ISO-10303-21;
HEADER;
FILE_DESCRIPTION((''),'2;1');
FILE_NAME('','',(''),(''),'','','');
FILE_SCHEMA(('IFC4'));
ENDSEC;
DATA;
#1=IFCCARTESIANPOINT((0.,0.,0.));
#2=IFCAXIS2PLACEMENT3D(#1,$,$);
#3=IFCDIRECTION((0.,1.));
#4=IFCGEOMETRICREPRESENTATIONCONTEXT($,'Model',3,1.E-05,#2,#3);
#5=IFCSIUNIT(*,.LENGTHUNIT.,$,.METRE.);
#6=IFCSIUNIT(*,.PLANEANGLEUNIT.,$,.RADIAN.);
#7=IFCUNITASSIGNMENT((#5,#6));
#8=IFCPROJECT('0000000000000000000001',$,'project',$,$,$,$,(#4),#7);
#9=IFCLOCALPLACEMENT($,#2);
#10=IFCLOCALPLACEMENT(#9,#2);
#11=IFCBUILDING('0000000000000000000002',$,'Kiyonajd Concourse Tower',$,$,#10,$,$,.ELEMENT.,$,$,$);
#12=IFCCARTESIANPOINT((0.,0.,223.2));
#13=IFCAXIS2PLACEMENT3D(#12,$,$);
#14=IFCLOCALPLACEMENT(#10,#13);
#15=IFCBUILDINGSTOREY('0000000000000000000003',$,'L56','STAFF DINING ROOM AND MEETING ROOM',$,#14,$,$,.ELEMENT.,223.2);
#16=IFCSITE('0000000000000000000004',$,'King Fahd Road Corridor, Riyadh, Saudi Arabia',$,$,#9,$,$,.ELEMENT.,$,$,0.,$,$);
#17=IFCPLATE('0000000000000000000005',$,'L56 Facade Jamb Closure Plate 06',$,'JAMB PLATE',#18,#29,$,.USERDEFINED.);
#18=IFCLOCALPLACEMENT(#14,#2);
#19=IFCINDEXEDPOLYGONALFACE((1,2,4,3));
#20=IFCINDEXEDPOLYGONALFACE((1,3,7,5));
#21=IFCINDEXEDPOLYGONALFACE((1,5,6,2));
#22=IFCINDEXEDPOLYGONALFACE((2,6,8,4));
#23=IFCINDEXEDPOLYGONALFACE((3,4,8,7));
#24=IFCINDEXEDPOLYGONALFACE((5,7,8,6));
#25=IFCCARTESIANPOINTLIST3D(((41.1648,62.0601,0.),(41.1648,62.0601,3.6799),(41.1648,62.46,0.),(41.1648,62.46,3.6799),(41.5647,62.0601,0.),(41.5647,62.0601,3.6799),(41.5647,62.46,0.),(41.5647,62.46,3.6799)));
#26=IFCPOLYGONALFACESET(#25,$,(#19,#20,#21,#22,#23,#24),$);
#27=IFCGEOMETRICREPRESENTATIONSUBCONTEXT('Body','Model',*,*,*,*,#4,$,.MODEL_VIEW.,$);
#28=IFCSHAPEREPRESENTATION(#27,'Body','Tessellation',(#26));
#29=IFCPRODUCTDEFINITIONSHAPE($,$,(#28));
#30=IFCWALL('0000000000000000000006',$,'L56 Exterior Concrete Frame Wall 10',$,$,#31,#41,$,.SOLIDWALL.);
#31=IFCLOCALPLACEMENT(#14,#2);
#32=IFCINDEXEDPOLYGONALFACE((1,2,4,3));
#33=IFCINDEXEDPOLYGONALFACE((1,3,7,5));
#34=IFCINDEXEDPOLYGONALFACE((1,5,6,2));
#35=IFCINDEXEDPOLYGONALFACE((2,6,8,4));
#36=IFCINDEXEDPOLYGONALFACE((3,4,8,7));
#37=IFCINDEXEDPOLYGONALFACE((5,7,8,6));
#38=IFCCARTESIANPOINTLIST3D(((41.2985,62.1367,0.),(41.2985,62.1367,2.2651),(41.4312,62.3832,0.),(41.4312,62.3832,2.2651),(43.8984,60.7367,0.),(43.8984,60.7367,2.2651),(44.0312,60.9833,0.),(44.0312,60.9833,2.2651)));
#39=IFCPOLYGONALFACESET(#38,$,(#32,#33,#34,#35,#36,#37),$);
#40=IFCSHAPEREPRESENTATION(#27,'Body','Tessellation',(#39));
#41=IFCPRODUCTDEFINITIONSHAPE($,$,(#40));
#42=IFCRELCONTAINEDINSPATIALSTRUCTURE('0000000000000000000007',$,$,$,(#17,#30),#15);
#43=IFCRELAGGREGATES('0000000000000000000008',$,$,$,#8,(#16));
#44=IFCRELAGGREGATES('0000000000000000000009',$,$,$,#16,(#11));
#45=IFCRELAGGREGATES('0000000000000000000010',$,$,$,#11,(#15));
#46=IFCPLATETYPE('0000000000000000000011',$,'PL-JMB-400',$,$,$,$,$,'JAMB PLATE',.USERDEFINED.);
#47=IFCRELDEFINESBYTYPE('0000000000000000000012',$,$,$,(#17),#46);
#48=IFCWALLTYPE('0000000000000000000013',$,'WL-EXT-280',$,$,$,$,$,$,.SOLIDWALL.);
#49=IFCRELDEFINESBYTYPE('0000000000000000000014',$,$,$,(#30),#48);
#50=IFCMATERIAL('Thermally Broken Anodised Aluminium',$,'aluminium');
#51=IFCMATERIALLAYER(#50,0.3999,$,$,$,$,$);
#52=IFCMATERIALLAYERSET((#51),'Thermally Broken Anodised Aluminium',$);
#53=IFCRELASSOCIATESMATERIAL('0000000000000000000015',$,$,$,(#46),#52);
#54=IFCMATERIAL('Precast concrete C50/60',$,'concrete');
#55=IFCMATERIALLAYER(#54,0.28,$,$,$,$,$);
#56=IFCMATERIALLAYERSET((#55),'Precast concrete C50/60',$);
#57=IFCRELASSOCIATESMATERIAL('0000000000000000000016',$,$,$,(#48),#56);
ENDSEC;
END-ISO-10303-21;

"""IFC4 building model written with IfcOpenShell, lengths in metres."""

from ifc_helpers import new_model, si_unit, direction, frame, frame_2d, origin, origin_2d, place, context, subcontext, project, spatial, rectangle, extrude, material, layer, layer_set, type_object, element, save


model = new_model("IFC4")

# Units and contexts
model_context = context("Model", 3, precision=1e-05, world=origin(), true_north=direction((0.0, 1.0)))
body_context = subcontext(model_context, "Body", "Model", "MODEL_VIEW")
ifc_project = project(units=[si_unit("LENGTHUNIT", "METRE"), si_unit("PLANEANGLEUNIT", "RADIAN")], contexts=[model_context])

# Site, building, storey
site_placement = place(None, origin())
site = spatial("IfcSite", under=ifc_project, at=site_placement, Name="King Fahd Road Corridor, Riyadh, Saudi Arabia", CompositionType="ELEMENT", RefElevation=0.0)
building_placement = place(site_placement, origin())
building = spatial("IfcBuilding", under=site, at=building_placement, Name="Kiyonajd Concourse Tower", CompositionType="ELEMENT")
storey_placement = place(building_placement, frame((0.0, 0.0, 223.2)))
storey = spatial("IfcBuildingStorey", under=building, at=storey_placement, Name="L56", Description="STAFF DINING ROOM AND MEETING ROOM", CompositionType="ELEMENT", Elevation=223.2)

# Shared definitions
ifc_material_1 = material(Name="Thermally Broken Anodised Aluminium", Category="aluminium")

# Plate
ifc_layer_1 = layer(ifc_material_1, 0.3999)
ifc_layer_set_1 = layer_set([ifc_layer_1], Name="Thermally Broken Anodised Aluminium")
plate_type_1 = type_object("IfcPlateType", Name="PL-JMB-400", ElementType="JAMB PLATE", PredefinedType="USERDEFINED", material=ifc_layer_set_1)
plate_1_placement = place(storey_placement, frame((41.3647, 62.26, 0.0), z_axis=(0.0, 0.0, 1.0), x_axis=(1.0, 0.0, 0.0)))
element("IfcPlate", 1, at=plate_1_placement, inside=storey, type_object=plate_type_1, Name="L56 Facade Jamb Closure Plate 06", ObjectType="JAMB PLATE", PredefinedType="USERDEFINED", context=body_context, shape_type="SweptSolid", body=[
    extrude(rectangle(XDim=0.3999, YDim=0.3999, at=origin_2d()), origin(), (0.0, 0.0, 1.0), 3.6799),
])

# Wall
ifc_material_2 = material(Name="Precast concrete C50/60", Category="concrete")
ifc_layer_2 = layer(ifc_material_2, 0.28)
ifc_layer_set_2 = layer_set([ifc_layer_2], Name="Precast concrete C50/60")
wall_type = type_object("IfcWallType", Name="WL-EXT-280", PredefinedType="SOLIDWALL", material=ifc_layer_set_2)
wall_placement = place(storey_placement, frame((41.3647, 62.26, 0.0), z_axis=(0.0, 0.0, 1.0), x_axis=(0.880474, -0.474095, 0.0)))
element("IfcWall", 2, at=wall_placement, inside=storey, type_object=wall_type, Name="L56 Exterior Concrete Frame Wall 10", PredefinedType="SOLIDWALL", context=body_context, shape_type="SweptSolid", body=[
    extrude(rectangle(XDim=2.9529, YDim=0.28, at=frame_2d((1.4766, 0.0))), origin(), (0.0, 0.0, 1.0), 2.2651),
])

save(model, "model.ifc")
